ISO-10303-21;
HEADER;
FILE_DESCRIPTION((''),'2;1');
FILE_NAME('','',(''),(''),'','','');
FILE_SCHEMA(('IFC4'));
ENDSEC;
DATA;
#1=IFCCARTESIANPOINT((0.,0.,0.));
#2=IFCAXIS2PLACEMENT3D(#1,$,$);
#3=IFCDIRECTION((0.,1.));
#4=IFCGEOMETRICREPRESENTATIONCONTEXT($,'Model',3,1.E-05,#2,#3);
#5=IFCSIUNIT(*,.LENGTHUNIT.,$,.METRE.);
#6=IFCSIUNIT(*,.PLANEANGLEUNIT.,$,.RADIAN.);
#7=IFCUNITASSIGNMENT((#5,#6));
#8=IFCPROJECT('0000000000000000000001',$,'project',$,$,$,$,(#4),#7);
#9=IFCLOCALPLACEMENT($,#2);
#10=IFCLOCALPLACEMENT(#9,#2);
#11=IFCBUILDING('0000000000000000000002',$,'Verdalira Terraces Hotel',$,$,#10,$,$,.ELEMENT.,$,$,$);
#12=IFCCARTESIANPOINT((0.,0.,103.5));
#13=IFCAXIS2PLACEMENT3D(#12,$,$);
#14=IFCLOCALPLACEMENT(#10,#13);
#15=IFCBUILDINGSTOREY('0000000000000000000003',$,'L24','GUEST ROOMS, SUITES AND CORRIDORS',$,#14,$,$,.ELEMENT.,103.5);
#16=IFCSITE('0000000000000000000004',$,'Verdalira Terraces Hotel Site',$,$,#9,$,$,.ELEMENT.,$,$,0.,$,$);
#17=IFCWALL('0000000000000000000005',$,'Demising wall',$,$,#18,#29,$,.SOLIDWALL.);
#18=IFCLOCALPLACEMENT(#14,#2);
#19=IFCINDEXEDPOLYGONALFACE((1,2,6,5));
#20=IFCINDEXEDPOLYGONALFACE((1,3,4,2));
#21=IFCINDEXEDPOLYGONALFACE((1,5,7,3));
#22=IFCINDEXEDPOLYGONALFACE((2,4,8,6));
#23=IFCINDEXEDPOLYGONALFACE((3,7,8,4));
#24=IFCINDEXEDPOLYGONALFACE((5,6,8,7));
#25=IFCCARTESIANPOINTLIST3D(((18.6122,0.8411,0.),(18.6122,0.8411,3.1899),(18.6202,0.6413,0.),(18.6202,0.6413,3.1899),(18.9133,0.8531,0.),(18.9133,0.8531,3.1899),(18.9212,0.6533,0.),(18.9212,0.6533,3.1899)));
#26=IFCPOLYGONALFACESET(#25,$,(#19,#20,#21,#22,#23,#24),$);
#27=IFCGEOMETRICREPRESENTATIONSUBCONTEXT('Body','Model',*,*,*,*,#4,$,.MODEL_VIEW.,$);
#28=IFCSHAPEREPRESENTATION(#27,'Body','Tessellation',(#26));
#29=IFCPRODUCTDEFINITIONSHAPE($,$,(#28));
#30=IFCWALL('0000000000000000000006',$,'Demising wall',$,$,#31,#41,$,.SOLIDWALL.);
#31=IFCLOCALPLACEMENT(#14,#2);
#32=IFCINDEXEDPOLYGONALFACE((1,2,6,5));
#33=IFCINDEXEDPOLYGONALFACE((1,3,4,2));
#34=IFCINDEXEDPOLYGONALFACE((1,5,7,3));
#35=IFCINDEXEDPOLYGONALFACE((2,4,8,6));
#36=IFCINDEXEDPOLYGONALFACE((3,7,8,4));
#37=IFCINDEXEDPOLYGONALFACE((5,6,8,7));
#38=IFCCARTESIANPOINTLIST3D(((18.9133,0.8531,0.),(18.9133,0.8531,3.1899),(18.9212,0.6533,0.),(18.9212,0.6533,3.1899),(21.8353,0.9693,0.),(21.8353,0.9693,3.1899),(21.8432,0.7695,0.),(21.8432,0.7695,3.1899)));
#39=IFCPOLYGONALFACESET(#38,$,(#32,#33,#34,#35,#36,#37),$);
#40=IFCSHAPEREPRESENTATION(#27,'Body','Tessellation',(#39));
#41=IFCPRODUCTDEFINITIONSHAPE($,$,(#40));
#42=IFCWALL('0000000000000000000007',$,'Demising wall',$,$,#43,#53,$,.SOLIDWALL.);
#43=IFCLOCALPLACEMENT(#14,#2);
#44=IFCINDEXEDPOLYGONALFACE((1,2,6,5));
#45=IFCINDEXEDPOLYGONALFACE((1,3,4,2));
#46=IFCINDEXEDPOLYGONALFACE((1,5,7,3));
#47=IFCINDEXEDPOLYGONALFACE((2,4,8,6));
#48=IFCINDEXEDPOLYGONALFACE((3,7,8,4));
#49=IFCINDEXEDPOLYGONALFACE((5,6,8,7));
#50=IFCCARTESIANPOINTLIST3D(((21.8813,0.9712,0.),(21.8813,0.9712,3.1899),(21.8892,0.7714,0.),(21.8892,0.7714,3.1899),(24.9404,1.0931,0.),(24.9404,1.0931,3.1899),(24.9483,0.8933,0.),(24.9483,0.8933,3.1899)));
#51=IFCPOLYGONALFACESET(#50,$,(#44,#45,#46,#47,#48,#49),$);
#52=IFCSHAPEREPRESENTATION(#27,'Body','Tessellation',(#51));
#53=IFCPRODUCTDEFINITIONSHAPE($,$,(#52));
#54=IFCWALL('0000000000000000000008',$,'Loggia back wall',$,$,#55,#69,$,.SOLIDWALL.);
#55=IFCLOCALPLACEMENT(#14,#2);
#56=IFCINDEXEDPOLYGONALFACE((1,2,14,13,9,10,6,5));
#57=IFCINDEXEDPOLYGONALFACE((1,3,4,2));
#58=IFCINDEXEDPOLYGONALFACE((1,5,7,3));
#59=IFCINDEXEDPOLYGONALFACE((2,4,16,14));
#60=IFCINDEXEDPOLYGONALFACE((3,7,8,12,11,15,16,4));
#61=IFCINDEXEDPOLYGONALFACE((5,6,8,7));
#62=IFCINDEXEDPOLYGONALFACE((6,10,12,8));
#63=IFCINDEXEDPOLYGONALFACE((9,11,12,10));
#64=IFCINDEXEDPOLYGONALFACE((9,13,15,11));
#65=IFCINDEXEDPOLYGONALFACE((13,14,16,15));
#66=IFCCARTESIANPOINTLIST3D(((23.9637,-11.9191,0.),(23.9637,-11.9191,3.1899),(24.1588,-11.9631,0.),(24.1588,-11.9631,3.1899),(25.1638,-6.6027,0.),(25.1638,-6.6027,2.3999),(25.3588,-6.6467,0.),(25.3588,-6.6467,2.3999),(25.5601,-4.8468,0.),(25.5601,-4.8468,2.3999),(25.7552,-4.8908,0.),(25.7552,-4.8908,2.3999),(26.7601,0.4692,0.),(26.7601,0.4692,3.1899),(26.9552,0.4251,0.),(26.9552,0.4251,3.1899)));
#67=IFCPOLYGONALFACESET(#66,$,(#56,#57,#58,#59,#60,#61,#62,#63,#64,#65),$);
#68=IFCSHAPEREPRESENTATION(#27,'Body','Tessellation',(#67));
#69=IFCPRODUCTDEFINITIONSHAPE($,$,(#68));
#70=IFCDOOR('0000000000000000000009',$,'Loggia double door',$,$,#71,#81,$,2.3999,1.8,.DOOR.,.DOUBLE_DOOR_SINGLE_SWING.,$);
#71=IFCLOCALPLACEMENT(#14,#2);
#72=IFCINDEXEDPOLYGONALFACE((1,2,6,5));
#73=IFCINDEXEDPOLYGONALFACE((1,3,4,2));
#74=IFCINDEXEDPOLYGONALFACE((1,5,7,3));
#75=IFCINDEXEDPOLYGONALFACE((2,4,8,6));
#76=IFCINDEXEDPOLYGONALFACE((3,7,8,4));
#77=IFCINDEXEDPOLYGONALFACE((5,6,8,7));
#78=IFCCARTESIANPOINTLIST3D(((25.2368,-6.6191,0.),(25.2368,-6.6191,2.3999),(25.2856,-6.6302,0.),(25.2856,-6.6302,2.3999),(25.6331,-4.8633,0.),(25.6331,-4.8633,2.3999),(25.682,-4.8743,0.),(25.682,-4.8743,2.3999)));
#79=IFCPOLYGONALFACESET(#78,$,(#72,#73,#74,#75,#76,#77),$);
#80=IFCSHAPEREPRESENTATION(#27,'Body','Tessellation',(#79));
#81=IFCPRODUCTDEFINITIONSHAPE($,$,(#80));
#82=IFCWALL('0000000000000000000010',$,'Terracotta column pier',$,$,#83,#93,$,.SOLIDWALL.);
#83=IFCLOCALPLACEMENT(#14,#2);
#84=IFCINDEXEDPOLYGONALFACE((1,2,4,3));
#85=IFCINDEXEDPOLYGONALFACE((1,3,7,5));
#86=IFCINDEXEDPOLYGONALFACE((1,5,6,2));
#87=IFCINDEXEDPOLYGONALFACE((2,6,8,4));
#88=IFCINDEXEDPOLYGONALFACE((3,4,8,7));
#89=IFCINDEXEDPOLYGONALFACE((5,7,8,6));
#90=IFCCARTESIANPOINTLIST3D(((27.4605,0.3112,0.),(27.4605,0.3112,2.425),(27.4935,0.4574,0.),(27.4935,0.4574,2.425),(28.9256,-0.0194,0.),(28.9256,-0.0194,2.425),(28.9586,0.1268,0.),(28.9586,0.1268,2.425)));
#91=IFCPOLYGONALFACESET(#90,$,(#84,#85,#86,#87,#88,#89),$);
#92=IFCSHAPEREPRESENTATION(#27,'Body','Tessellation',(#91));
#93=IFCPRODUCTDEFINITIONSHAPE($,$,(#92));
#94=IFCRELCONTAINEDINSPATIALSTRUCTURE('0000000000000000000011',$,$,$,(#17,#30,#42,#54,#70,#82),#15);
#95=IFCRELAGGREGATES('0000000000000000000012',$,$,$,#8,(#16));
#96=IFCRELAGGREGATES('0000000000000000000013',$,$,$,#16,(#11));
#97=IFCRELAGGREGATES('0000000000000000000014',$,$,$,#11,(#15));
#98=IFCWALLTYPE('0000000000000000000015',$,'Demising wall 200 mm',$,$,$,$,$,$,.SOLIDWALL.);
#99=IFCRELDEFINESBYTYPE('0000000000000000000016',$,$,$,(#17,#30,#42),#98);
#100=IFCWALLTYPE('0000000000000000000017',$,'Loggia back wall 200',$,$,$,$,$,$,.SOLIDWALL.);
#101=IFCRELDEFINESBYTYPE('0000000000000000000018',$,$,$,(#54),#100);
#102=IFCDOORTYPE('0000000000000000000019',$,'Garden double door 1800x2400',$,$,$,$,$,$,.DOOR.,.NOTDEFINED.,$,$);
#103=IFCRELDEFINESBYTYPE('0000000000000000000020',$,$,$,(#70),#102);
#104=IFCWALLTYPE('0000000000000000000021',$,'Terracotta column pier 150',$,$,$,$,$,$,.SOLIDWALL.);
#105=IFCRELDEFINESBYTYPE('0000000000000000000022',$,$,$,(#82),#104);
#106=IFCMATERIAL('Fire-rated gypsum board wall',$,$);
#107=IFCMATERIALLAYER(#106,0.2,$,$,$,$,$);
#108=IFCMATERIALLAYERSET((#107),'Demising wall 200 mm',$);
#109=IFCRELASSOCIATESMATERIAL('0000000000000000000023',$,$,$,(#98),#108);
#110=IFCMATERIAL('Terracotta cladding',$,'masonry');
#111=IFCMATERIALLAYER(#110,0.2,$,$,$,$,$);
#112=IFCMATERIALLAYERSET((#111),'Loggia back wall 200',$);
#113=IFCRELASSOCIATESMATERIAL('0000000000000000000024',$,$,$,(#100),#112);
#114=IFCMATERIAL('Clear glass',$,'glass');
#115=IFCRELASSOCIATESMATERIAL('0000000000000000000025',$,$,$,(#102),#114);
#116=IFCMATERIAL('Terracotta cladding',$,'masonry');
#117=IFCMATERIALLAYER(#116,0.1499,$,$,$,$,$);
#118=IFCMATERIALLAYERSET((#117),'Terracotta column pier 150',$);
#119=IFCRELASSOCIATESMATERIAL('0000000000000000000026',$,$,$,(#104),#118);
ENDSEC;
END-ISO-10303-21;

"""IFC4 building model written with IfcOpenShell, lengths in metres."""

from ifc_helpers import new_model, si_unit, direction, frame, frame_2d, origin, place, context, subcontext, project, spatial, rectangle, extrude, material, layer, layer_set, type_object, element, fill, save


model = new_model("IFC4")

# Units and contexts
model_context = context("Model", 3, precision=1e-05, world=origin(), true_north=direction((0.0, 1.0)))
body_context = subcontext(model_context, "Body", "Model", "MODEL_VIEW")
ifc_project = project(units=[si_unit("LENGTHUNIT", "METRE"), si_unit("PLANEANGLEUNIT", "RADIAN")], contexts=[model_context])

# Site, building, storey
site_placement = place(None, origin())
site = spatial("IfcSite", under=ifc_project, at=site_placement, Name="Verdalira Terraces Hotel Site", CompositionType="ELEMENT", RefElevation=0.0)
building_placement = place(site_placement, origin())
building = spatial("IfcBuilding", under=site, at=building_placement, Name="Verdalira Terraces Hotel", CompositionType="ELEMENT")
storey_placement = place(building_placement, frame((0.0, 0.0, 103.5)))
storey = spatial("IfcBuildingStorey", under=building, at=storey_placement, Name="L24", Description="GUEST ROOMS, SUITES AND CORRIDORS", CompositionType="ELEMENT", Elevation=103.5)

# Walls
ifc_material_1 = material(Name="Fire-rated gypsum board wall")
ifc_layer_1 = layer(ifc_material_1, 0.2)
ifc_layer_set_1 = layer_set([ifc_layer_1], Name="Demising wall 200 mm")
wall_type_1 = type_object("IfcWallType", Name="Demising wall 200 mm", PredefinedType="SOLIDWALL", material=ifc_layer_set_1)
wall_1_placement = place(storey_placement, frame((18.6162, 0.7412, 0.0), z_axis=(0.0, 0.0, 1.0), x_axis=(0.999211, 0.039709, 0.0)))
element("IfcWall", 1, at=wall_1_placement, inside=storey, type_object=wall_type_1, Name="Demising wall", PredefinedType="SOLIDWALL", context=body_context, shape_type="SweptSolid", body=[
    extrude(rectangle(XDim=0.3013, YDim=0.2, at=frame_2d((0.1506, 0.0))), origin(), (0.0, 0.0, 1.0), 3.1899),
])
wall_2_placement = place(storey_placement, frame((18.9172, 0.7532, 0.0), z_axis=(0.0, 0.0, 1.0), x_axis=(0.99921, 0.039738, 0.0)))
element("IfcWall", 2, at=wall_2_placement, inside=storey, type_object=wall_type_1, Name="Demising wall", PredefinedType="SOLIDWALL", context=body_context, shape_type="SweptSolid", body=[
    extrude(rectangle(XDim=2.9243, YDim=0.2, at=frame_2d((1.4622, 0.0))), origin(), (0.0, 0.0, 1.0), 3.1899),
])
wall_3_placement = place(storey_placement, frame((21.8853, 0.8713, 0.0), z_axis=(0.0, 0.0, 1.0), x_axis=(0.999208, 0.039793, 0.0)))
element("IfcWall", 3, at=wall_3_placement, inside=storey, type_object=wall_type_1, Name="Demising wall", PredefinedType="SOLIDWALL", context=body_context, shape_type="SweptSolid", body=[
    extrude(rectangle(XDim=3.0615, YDim=0.2, at=frame_2d((1.5308, 0.0))), origin(), (0.0, 0.0, 1.0), 3.1899),
])

# Wall, opening, door
ifc_material_2 = material(Name="Terracotta cladding", Category="masonry")
ifc_layer_2 = layer(ifc_material_2, 0.2)
ifc_layer_set_2 = layer_set([ifc_layer_2], Name="Loggia back wall 200")
wall_type_2 = type_object("IfcWallType", Name="Loggia back wall 200", PredefinedType="SOLIDWALL", material=ifc_layer_set_2)
wall_4_placement = place(storey_placement, frame((26.8577, 0.4473, 0.0), z_axis=(0.0, 0.0, 1.0), x_axis=(-0.22019, -0.975457, 0.0)))
wall_4 = element("IfcWall", 4, at=wall_4_placement, inside=storey, type_object=wall_type_2, Name="Loggia back wall", PredefinedType="SOLIDWALL", context=body_context, shape_type="SweptSolid", body=[
    extrude(rectangle(XDim=12.7, YDim=0.2, at=frame_2d((6.3501, 0.0))), origin(), (0.0, 0.0, 1.0), 3.1899),
])
opening_1_placement = place(wall_4_placement, frame((5.45, 0.0, 0.0)))
opening_1 = element("IfcOpeningElement", 5, at=opening_1_placement, cuts=wall_4, PredefinedType="OPENING", context=body_context, shape_type="SweptSolid", body=[
    extrude(rectangle(XDim=1.8, YDim=2.3999, at=frame_2d((0.8999, 1.2))), frame((0.0, 0.1099, 0.0), z_axis=(0.0, -1.0, 0.0), x_axis=(1.0, 0.0, 0.0)), (0.0, 0.0, 1.0), 0.22),
])
ifc_material_3 = material(Name="Clear glass", Category="glass")
door_type_1 = type_object("IfcDoorType", Name="Garden double door 1800x2400", OperationType="NOTDEFINED", PredefinedType="DOOR", material=ifc_material_3)
door_1_placement = place(opening_1_placement, origin())
door_1 = element("IfcDoor", 6, at=door_1_placement, inside=storey, type_object=door_type_1, Name="Loggia double door", OperationType="DOUBLE_DOOR_SINGLE_SWING", OverallHeight=2.3999, OverallWidth=1.8, PredefinedType="DOOR", context=body_context, shape_type="SweptSolid", body=[
    extrude(rectangle(XDim=1.8, YDim=2.3999, at=frame_2d((0.8999, 1.2))), frame((0.0, 0.0249, 0.0), z_axis=(0.0, -1.0, 0.0), x_axis=(1.0, 0.0, 0.0)), (0.0, 0.0, 1.0), 0.05),
])
fill(opening_1, door_1)

# Wall
ifc_material_4 = material(Name="Terracotta cladding", Category="masonry")
ifc_layer_3 = layer(ifc_material_4, 0.1499)
ifc_layer_set_3 = layer_set([ifc_layer_3], Name="Terracotta column pier 150")
wall_type_3 = type_object("IfcWallType", Name="Terracotta column pier 150", PredefinedType="SOLIDWALL", material=ifc_layer_set_3)
wall_5_placement = place(storey_placement, frame((28.9421, 0.0537, 0.0), z_axis=(0.0, 0.0, 1.0), x_axis=(-0.975478, 0.220096, 0.0)))
element("IfcWall", 7, at=wall_5_placement, inside=storey, type_object=wall_type_3, Name="Terracotta column pier", PredefinedType="SOLIDWALL", context=body_context, shape_type="SweptSolid", body=[
    extrude(rectangle(XDim=1.502, YDim=0.1499, at=frame_2d((0.751, 0.0))), origin(), (0.0, 0.0, 1.0), 2.425),
])

save(model, "model.ifc")
